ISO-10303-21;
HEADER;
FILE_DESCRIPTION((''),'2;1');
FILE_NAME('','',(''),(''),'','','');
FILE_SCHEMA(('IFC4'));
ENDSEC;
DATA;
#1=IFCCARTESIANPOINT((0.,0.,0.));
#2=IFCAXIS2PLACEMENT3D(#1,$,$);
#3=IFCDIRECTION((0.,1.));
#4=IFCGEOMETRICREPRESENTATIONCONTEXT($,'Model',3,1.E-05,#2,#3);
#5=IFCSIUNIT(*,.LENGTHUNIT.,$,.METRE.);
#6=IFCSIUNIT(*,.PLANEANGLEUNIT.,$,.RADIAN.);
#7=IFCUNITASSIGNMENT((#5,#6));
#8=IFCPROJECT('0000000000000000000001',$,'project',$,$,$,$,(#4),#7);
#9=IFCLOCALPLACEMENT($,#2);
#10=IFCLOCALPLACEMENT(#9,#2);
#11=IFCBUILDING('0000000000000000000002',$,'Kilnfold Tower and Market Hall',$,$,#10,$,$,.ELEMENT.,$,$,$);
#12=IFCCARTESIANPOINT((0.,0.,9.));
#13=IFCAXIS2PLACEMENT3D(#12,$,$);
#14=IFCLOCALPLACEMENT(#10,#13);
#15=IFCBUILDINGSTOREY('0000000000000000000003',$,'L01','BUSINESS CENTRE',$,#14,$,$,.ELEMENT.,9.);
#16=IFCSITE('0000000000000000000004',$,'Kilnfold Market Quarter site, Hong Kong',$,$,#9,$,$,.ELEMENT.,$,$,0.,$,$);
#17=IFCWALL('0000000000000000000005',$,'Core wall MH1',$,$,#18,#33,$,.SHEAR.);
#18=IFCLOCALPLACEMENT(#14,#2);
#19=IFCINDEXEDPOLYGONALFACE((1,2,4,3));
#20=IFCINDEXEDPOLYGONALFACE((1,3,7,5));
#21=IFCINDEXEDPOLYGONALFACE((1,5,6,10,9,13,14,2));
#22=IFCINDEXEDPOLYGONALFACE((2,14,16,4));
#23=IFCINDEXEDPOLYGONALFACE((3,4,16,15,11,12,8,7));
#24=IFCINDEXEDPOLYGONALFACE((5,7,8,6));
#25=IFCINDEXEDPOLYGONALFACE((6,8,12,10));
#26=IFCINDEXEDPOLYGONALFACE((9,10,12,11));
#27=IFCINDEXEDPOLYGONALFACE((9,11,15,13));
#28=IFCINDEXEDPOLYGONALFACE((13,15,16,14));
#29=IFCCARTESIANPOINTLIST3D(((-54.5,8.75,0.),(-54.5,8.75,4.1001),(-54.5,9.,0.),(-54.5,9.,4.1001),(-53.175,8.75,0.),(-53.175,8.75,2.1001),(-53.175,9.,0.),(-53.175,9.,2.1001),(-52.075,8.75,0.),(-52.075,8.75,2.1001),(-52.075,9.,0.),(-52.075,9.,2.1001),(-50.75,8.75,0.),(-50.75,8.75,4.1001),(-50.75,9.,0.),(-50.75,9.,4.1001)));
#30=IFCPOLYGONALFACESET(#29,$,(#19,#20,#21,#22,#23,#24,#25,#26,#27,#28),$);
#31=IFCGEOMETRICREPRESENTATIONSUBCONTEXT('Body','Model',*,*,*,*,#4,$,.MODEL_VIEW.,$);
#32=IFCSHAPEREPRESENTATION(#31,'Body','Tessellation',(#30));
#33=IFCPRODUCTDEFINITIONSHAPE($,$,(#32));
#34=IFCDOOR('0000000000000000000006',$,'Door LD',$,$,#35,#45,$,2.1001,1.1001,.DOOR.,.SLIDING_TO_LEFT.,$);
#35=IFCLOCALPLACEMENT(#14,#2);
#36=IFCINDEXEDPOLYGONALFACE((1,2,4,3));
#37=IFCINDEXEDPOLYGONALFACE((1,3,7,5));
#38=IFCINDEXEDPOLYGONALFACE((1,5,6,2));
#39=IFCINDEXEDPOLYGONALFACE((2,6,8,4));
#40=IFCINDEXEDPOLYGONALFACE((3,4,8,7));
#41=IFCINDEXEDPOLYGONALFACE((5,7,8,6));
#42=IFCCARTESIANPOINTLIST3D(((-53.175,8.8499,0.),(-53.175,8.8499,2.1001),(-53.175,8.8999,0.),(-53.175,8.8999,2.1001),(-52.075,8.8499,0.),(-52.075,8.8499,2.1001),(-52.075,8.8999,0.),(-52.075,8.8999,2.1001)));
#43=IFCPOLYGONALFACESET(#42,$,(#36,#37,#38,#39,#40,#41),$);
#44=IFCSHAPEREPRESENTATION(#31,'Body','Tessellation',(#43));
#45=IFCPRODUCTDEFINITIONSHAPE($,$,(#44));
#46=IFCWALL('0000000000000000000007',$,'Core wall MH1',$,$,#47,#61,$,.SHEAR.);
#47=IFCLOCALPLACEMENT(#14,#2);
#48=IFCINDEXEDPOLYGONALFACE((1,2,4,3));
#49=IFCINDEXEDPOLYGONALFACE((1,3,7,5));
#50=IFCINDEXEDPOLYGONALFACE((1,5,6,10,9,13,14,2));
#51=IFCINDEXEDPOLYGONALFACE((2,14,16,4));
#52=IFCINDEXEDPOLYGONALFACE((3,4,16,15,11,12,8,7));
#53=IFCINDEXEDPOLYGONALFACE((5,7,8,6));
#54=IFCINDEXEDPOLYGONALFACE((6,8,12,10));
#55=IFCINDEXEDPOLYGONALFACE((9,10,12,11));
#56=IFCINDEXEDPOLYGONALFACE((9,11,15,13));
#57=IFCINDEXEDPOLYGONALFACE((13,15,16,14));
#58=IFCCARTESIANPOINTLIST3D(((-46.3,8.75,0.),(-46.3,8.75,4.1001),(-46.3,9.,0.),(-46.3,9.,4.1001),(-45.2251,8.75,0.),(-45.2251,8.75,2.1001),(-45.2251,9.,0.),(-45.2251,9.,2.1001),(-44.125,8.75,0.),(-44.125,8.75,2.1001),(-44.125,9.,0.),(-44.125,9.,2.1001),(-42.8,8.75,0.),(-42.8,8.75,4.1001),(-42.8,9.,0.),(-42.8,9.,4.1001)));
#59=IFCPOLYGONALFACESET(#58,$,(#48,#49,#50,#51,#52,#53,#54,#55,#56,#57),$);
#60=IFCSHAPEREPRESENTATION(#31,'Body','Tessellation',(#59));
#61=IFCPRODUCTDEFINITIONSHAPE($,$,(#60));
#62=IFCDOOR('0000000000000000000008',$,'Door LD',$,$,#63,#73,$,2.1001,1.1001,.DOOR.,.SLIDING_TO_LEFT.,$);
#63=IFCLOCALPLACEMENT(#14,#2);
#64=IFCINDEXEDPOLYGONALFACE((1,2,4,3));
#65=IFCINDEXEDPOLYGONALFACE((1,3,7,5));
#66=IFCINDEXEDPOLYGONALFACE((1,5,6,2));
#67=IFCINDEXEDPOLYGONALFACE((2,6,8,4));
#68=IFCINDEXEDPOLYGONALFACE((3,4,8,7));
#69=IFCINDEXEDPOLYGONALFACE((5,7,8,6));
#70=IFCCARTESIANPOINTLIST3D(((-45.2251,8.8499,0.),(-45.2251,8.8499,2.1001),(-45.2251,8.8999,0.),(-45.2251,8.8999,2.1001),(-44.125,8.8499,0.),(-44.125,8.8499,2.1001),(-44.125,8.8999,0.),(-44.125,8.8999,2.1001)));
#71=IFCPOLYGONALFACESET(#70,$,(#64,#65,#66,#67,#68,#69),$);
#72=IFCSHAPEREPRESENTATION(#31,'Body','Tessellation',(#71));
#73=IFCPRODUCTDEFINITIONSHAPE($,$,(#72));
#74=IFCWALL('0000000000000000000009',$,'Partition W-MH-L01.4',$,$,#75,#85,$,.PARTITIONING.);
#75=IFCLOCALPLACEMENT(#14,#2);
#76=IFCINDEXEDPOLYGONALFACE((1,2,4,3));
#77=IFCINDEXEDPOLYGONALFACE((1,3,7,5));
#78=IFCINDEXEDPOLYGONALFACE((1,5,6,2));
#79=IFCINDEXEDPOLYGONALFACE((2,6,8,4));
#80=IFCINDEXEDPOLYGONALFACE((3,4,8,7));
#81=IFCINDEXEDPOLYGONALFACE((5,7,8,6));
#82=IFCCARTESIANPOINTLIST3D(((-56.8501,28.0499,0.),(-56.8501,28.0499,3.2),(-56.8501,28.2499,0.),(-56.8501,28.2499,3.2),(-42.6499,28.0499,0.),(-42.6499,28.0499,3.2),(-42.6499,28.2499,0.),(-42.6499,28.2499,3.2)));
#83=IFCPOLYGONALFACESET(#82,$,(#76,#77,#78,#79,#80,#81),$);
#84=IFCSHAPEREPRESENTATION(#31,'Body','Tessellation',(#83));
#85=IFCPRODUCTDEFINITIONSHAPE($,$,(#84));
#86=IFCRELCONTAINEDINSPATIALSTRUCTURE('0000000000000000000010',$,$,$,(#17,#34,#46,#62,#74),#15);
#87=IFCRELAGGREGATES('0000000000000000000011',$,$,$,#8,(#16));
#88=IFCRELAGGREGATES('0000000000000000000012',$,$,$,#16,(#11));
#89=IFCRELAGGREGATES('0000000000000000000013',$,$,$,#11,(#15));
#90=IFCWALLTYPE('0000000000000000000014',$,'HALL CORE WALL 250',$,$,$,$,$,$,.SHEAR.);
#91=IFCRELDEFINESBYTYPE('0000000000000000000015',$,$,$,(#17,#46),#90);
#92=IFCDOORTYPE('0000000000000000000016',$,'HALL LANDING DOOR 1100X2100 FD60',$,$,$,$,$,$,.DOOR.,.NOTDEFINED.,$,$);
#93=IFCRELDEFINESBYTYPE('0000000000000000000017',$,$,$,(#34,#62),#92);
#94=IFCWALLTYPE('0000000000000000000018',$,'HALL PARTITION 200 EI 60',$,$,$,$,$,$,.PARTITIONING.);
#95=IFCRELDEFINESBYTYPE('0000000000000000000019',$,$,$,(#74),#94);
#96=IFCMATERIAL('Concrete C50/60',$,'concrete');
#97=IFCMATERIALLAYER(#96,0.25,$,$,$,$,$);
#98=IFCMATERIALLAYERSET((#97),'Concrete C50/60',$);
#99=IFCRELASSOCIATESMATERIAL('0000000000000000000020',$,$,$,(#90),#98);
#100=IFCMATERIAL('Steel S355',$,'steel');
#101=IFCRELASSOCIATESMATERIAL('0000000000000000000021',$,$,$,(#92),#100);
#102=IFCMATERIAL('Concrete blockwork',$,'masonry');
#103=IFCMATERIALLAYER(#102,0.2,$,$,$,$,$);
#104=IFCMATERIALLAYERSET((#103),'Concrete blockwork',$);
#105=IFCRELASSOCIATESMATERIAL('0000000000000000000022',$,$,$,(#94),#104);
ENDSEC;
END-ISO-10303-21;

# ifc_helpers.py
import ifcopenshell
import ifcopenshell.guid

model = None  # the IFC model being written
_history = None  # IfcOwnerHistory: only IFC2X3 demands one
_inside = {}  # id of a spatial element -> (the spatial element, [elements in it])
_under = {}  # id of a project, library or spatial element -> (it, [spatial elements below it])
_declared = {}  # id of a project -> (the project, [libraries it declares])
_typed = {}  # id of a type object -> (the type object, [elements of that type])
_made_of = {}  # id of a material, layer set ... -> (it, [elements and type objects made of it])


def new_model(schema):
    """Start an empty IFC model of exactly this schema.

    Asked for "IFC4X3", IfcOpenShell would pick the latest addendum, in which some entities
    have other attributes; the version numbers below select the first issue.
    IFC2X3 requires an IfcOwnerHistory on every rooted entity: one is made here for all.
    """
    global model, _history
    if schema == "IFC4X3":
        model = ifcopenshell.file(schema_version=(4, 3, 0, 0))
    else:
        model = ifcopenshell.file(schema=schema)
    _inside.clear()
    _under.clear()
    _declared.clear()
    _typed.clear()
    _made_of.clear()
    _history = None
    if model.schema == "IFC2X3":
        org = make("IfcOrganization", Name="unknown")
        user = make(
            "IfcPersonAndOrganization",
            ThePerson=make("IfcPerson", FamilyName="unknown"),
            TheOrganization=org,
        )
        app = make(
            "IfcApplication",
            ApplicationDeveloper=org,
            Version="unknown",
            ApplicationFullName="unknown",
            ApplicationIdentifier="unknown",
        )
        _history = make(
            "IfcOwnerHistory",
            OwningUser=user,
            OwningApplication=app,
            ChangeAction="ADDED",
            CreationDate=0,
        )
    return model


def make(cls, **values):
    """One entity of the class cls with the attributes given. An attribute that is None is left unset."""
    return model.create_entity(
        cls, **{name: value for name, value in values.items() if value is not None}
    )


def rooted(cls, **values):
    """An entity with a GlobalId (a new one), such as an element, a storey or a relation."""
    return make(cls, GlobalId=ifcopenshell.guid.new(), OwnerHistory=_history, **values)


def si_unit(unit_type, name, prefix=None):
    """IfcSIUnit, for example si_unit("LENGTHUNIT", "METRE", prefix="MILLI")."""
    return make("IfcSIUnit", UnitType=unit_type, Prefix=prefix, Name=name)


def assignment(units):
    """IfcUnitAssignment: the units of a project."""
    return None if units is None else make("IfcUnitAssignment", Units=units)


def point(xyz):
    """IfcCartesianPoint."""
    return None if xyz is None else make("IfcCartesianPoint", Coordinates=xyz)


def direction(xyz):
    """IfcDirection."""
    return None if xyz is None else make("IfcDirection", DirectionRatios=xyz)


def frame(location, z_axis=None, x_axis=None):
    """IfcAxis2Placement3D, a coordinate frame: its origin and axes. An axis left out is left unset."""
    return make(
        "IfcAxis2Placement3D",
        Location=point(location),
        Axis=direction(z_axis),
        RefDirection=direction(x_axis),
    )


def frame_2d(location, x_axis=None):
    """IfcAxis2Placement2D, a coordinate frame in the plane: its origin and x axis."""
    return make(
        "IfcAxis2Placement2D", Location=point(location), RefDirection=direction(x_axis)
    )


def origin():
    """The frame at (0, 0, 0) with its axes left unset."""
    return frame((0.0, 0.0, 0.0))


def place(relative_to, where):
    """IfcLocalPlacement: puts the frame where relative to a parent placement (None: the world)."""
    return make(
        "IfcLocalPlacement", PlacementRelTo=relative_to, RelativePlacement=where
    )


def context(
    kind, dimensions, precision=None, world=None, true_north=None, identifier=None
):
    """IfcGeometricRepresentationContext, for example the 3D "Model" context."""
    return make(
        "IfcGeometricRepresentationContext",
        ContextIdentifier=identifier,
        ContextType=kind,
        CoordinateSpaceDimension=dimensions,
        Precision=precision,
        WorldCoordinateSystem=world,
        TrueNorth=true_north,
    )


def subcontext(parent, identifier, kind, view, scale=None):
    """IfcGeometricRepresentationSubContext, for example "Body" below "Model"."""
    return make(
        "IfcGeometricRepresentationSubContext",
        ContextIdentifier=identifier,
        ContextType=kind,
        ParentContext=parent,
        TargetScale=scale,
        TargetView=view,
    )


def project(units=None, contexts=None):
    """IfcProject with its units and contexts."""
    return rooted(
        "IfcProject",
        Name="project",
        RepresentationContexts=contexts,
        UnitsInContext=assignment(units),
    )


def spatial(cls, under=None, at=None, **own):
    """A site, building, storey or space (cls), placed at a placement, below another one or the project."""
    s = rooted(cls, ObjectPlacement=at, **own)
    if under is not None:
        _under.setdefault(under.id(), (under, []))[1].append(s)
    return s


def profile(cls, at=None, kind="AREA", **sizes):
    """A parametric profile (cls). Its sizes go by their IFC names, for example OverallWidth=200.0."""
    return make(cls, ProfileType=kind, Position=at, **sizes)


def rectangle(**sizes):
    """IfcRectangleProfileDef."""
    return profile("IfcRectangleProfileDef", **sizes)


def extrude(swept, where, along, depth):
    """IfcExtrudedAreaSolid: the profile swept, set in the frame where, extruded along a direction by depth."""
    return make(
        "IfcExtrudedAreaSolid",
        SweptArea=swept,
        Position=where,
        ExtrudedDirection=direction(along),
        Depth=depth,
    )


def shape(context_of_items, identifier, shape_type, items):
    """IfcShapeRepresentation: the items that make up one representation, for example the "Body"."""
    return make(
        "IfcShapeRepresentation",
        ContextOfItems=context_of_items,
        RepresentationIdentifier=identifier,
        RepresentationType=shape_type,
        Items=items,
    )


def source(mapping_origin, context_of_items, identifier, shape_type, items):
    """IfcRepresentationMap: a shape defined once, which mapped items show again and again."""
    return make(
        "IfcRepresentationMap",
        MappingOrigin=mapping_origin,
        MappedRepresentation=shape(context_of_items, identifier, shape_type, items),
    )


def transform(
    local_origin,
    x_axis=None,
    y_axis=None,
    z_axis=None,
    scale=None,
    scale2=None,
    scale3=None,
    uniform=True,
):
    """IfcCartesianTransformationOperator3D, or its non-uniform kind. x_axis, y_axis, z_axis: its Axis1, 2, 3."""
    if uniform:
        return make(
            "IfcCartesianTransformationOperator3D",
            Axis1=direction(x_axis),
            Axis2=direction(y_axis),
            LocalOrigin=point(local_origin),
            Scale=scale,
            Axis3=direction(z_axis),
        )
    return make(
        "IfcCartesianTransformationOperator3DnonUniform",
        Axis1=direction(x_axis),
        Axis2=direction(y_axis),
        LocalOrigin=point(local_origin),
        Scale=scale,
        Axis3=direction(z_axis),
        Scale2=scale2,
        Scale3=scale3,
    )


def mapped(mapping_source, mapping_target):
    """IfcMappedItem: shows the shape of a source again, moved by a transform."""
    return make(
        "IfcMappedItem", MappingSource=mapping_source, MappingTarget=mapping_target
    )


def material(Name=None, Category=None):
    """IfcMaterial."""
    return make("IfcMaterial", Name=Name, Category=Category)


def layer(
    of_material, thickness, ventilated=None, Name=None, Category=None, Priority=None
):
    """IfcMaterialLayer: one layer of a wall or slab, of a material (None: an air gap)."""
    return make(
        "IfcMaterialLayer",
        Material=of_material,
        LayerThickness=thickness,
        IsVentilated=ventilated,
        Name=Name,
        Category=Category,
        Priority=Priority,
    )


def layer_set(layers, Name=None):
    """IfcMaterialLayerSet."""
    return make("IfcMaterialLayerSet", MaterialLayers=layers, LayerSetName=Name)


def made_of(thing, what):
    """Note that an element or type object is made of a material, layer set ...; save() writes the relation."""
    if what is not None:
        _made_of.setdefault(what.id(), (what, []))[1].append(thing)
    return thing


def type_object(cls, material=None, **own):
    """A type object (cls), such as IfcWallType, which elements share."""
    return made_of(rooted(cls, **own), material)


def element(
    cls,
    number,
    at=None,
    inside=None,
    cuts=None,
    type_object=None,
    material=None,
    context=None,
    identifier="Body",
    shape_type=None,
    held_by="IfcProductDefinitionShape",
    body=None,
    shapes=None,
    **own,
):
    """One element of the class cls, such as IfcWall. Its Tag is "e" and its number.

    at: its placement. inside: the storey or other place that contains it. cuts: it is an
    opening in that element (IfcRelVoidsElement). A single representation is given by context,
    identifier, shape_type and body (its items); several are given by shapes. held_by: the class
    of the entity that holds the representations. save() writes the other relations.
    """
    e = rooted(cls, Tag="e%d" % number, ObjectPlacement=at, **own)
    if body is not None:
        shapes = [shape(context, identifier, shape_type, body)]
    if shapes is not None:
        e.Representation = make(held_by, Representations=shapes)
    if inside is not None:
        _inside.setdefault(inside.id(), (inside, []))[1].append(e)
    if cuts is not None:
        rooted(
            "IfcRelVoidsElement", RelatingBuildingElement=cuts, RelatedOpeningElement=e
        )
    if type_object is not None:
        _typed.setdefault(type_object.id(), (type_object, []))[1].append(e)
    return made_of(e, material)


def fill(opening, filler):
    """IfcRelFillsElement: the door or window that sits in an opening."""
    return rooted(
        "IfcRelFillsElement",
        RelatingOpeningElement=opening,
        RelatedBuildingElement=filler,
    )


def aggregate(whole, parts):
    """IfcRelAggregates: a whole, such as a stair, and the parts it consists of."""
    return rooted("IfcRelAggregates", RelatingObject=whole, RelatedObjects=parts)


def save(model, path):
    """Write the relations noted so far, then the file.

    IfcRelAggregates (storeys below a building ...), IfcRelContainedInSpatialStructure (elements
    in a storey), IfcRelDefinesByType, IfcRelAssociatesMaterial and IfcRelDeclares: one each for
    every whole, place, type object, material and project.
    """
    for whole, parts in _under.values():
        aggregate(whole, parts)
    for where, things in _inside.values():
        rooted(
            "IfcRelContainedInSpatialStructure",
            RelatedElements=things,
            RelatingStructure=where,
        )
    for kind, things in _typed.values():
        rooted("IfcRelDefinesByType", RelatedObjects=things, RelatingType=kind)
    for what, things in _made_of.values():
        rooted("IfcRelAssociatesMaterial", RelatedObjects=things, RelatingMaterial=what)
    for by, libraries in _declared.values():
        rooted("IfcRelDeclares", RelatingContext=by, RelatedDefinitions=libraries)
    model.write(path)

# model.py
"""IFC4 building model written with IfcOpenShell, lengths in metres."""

from ifc_helpers import new_model, si_unit, direction, frame, frame_2d, origin, place, context, subcontext, project, spatial, rectangle, extrude, source, transform, mapped, material, layer, layer_set, type_object, element, fill, save


model = new_model("IFC4")

# Units and contexts
model_context = context("Model", 3, precision=1e-05, world=origin(), true_north=direction((0.0, 1.0)))
body_context = subcontext(model_context, "Body", "Model", "MODEL_VIEW")
ifc_project = project(units=[si_unit("LENGTHUNIT", "METRE"), si_unit("PLANEANGLEUNIT", "RADIAN")], contexts=[model_context])

# Site, building, storey
site_placement = place(None, origin())
site = spatial("IfcSite", under=ifc_project, at=site_placement, Name="Kilnfold Market Quarter site, Hong Kong", CompositionType="ELEMENT", RefElevation=0.0)
building_placement = place(site_placement, origin())
building = spatial("IfcBuilding", under=site, at=building_placement, Name="Kilnfold Tower and Market Hall", CompositionType="ELEMENT")
storey_placement = place(building_placement, frame((0.0, 0.0, 9.0)))
storey = spatial("IfcBuildingStorey", under=building, at=storey_placement, Name="L01", Description="BUSINESS CENTRE", CompositionType="ELEMENT", Elevation=9.0)

# Shared definitions
ifc_material_1 = material(Name="Concrete C50/60", Category="concrete")
ifc_layer_1 = layer(ifc_material_1, 0.25)
ifc_layer_set_1 = layer_set([ifc_layer_1], Name="Concrete C50/60")
wall_type_1 = type_object("IfcWallType", Name="HALL CORE WALL 250", PredefinedType="SHEAR", material=ifc_layer_set_1)

# Walls, openings, doors
shared_shape_1 = source(origin(), body_context, "Body", "SweptSolid", [
    extrude(rectangle(XDim=3.75, YDim=0.25, at=frame_2d((1.875, 0.0))), origin(), (0.0, 0.0, 1.0), 4.1001),
])
wall_1_placement = place(storey_placement, frame((-54.5, 8.875, 0.0), z_axis=(0.0, 0.0, 1.0), x_axis=(1.0, 0.0, 0.0)))
wall_1 = element("IfcWall", 1, at=wall_1_placement, inside=storey, type_object=wall_type_1, Name="Core wall MH1", PredefinedType="SHEAR", context=body_context, shape_type="MappedRepresentation", body=[
    mapped(shared_shape_1, transform((0.0, 0.0, 0.0))),
])
opening_1_placement = place(wall_1_placement, frame((1.325, 0.0, 0.0)))
opening_1 = element("IfcOpeningElement", 2, at=opening_1_placement, cuts=wall_1, PredefinedType="OPENING", context=body_context, shape_type="SweptSolid", body=[
    extrude(rectangle(XDim=1.1001, YDim=2.1001, at=frame_2d((0.55, 1.05))), frame((0.0, 0.135, 0.0), z_axis=(0.0, -1.0, 0.0), x_axis=(1.0, 0.0, 0.0)), (0.0, 0.0, 1.0), 0.27),
])
ifc_material_2 = material(Name="Steel S355", Category="steel")
door_type_1 = type_object("IfcDoorType", Name="HALL LANDING DOOR 1100X2100 FD60", OperationType="NOTDEFINED", PredefinedType="DOOR", material=ifc_material_2)
door_1_placement = place(opening_1_placement, origin())
door_1 = element("IfcDoor", 3, at=door_1_placement, inside=storey, type_object=door_type_1, Name="Door LD", OperationType="SLIDING_TO_LEFT", OverallHeight=2.1001, OverallWidth=1.1001, PredefinedType="DOOR", context=body_context, shape_type="SweptSolid", body=[
    extrude(rectangle(XDim=1.1001, YDim=2.1001, at=frame_2d((0.55, 1.05))), frame((0.0, 0.0249, 0.0), z_axis=(0.0, -1.0, 0.0), x_axis=(1.0, 0.0, 0.0)), (0.0, 0.0, 1.0), 0.05),
])
fill(opening_1, door_1)
shared_shape_2 = source(origin(), body_context, "Body", "SweptSolid", [
    extrude(rectangle(XDim=3.5, YDim=0.25, at=frame_2d((1.75, 0.0))), origin(), (0.0, 0.0, 1.0), 4.1001),
])
wall_2_placement = place(storey_placement, frame((-46.3, 8.875, 0.0), z_axis=(0.0, 0.0, 1.0), x_axis=(1.0, 0.0, 0.0)))
wall_2 = element("IfcWall", 4, at=wall_2_placement, inside=storey, type_object=wall_type_1, Name="Core wall MH1", PredefinedType="SHEAR", context=body_context, shape_type="MappedRepresentation", body=[
    mapped(shared_shape_2, transform((0.0, 0.0, 0.0))),
])
opening_2_placement = place(wall_2_placement, frame((1.075, 0.0, 0.0)))
opening_2 = element("IfcOpeningElement", 5, at=opening_2_placement, cuts=wall_2, PredefinedType="OPENING", context=body_context, shape_type="SweptSolid", body=[
    extrude(rectangle(XDim=1.1001, YDim=2.1001, at=frame_2d((0.55, 1.05))), frame((0.0, 0.135, 0.0), z_axis=(0.0, -1.0, 0.0), x_axis=(1.0, 0.0, 0.0)), (0.0, 0.0, 1.0), 0.27),
])
door_2_placement = place(opening_2_placement, origin())
door_2 = element("IfcDoor", 6, at=door_2_placement, inside=storey, type_object=door_type_1, Name="Door LD", OperationType="SLIDING_TO_LEFT", OverallHeight=2.1001, OverallWidth=1.1001, PredefinedType="DOOR", context=body_context, shape_type="SweptSolid", body=[
    extrude(rectangle(XDim=1.1001, YDim=2.1001, at=frame_2d((0.55, 1.05))), frame((0.0, 0.0249, 0.0), z_axis=(0.0, -1.0, 0.0), x_axis=(1.0, 0.0, 0.0)), (0.0, 0.0, 1.0), 0.05),
])
fill(opening_2, door_2)

# Wall
ifc_material_3 = material(Name="Concrete blockwork", Category="masonry")
ifc_layer_2 = layer(ifc_material_3, 0.2)
ifc_layer_set_2 = layer_set([ifc_layer_2], Name="Concrete blockwork")
wall_type_2 = type_object("IfcWallType", Name="HALL PARTITION 200 EI 60", PredefinedType="PARTITIONING", material=ifc_layer_set_2)
shared_shape_3 = source(origin(), body_context, "Body", "SweptSolid", [
    extrude(rectangle(XDim=14.2002, YDim=0.2, at=frame_2d((7.1001, 0.0))), origin(), (0.0, 0.0, 1.0), 3.2),
])
wall_3_placement = place(storey_placement, frame((-56.8501, 28.1499, 0.0), z_axis=(0.0, 0.0, 1.0), x_axis=(1.0, 0.0, 0.0)))
element("IfcWall", 7, at=wall_3_placement, inside=storey, type_object=wall_type_2, Name="Partition W-MH-L01.4", PredefinedType="PARTITIONING", context=body_context, shape_type="MappedRepresentation", body=[
    mapped(shared_shape_3, transform((0.0, 0.0, 0.0))),
])

save(model, "model.ifc")
